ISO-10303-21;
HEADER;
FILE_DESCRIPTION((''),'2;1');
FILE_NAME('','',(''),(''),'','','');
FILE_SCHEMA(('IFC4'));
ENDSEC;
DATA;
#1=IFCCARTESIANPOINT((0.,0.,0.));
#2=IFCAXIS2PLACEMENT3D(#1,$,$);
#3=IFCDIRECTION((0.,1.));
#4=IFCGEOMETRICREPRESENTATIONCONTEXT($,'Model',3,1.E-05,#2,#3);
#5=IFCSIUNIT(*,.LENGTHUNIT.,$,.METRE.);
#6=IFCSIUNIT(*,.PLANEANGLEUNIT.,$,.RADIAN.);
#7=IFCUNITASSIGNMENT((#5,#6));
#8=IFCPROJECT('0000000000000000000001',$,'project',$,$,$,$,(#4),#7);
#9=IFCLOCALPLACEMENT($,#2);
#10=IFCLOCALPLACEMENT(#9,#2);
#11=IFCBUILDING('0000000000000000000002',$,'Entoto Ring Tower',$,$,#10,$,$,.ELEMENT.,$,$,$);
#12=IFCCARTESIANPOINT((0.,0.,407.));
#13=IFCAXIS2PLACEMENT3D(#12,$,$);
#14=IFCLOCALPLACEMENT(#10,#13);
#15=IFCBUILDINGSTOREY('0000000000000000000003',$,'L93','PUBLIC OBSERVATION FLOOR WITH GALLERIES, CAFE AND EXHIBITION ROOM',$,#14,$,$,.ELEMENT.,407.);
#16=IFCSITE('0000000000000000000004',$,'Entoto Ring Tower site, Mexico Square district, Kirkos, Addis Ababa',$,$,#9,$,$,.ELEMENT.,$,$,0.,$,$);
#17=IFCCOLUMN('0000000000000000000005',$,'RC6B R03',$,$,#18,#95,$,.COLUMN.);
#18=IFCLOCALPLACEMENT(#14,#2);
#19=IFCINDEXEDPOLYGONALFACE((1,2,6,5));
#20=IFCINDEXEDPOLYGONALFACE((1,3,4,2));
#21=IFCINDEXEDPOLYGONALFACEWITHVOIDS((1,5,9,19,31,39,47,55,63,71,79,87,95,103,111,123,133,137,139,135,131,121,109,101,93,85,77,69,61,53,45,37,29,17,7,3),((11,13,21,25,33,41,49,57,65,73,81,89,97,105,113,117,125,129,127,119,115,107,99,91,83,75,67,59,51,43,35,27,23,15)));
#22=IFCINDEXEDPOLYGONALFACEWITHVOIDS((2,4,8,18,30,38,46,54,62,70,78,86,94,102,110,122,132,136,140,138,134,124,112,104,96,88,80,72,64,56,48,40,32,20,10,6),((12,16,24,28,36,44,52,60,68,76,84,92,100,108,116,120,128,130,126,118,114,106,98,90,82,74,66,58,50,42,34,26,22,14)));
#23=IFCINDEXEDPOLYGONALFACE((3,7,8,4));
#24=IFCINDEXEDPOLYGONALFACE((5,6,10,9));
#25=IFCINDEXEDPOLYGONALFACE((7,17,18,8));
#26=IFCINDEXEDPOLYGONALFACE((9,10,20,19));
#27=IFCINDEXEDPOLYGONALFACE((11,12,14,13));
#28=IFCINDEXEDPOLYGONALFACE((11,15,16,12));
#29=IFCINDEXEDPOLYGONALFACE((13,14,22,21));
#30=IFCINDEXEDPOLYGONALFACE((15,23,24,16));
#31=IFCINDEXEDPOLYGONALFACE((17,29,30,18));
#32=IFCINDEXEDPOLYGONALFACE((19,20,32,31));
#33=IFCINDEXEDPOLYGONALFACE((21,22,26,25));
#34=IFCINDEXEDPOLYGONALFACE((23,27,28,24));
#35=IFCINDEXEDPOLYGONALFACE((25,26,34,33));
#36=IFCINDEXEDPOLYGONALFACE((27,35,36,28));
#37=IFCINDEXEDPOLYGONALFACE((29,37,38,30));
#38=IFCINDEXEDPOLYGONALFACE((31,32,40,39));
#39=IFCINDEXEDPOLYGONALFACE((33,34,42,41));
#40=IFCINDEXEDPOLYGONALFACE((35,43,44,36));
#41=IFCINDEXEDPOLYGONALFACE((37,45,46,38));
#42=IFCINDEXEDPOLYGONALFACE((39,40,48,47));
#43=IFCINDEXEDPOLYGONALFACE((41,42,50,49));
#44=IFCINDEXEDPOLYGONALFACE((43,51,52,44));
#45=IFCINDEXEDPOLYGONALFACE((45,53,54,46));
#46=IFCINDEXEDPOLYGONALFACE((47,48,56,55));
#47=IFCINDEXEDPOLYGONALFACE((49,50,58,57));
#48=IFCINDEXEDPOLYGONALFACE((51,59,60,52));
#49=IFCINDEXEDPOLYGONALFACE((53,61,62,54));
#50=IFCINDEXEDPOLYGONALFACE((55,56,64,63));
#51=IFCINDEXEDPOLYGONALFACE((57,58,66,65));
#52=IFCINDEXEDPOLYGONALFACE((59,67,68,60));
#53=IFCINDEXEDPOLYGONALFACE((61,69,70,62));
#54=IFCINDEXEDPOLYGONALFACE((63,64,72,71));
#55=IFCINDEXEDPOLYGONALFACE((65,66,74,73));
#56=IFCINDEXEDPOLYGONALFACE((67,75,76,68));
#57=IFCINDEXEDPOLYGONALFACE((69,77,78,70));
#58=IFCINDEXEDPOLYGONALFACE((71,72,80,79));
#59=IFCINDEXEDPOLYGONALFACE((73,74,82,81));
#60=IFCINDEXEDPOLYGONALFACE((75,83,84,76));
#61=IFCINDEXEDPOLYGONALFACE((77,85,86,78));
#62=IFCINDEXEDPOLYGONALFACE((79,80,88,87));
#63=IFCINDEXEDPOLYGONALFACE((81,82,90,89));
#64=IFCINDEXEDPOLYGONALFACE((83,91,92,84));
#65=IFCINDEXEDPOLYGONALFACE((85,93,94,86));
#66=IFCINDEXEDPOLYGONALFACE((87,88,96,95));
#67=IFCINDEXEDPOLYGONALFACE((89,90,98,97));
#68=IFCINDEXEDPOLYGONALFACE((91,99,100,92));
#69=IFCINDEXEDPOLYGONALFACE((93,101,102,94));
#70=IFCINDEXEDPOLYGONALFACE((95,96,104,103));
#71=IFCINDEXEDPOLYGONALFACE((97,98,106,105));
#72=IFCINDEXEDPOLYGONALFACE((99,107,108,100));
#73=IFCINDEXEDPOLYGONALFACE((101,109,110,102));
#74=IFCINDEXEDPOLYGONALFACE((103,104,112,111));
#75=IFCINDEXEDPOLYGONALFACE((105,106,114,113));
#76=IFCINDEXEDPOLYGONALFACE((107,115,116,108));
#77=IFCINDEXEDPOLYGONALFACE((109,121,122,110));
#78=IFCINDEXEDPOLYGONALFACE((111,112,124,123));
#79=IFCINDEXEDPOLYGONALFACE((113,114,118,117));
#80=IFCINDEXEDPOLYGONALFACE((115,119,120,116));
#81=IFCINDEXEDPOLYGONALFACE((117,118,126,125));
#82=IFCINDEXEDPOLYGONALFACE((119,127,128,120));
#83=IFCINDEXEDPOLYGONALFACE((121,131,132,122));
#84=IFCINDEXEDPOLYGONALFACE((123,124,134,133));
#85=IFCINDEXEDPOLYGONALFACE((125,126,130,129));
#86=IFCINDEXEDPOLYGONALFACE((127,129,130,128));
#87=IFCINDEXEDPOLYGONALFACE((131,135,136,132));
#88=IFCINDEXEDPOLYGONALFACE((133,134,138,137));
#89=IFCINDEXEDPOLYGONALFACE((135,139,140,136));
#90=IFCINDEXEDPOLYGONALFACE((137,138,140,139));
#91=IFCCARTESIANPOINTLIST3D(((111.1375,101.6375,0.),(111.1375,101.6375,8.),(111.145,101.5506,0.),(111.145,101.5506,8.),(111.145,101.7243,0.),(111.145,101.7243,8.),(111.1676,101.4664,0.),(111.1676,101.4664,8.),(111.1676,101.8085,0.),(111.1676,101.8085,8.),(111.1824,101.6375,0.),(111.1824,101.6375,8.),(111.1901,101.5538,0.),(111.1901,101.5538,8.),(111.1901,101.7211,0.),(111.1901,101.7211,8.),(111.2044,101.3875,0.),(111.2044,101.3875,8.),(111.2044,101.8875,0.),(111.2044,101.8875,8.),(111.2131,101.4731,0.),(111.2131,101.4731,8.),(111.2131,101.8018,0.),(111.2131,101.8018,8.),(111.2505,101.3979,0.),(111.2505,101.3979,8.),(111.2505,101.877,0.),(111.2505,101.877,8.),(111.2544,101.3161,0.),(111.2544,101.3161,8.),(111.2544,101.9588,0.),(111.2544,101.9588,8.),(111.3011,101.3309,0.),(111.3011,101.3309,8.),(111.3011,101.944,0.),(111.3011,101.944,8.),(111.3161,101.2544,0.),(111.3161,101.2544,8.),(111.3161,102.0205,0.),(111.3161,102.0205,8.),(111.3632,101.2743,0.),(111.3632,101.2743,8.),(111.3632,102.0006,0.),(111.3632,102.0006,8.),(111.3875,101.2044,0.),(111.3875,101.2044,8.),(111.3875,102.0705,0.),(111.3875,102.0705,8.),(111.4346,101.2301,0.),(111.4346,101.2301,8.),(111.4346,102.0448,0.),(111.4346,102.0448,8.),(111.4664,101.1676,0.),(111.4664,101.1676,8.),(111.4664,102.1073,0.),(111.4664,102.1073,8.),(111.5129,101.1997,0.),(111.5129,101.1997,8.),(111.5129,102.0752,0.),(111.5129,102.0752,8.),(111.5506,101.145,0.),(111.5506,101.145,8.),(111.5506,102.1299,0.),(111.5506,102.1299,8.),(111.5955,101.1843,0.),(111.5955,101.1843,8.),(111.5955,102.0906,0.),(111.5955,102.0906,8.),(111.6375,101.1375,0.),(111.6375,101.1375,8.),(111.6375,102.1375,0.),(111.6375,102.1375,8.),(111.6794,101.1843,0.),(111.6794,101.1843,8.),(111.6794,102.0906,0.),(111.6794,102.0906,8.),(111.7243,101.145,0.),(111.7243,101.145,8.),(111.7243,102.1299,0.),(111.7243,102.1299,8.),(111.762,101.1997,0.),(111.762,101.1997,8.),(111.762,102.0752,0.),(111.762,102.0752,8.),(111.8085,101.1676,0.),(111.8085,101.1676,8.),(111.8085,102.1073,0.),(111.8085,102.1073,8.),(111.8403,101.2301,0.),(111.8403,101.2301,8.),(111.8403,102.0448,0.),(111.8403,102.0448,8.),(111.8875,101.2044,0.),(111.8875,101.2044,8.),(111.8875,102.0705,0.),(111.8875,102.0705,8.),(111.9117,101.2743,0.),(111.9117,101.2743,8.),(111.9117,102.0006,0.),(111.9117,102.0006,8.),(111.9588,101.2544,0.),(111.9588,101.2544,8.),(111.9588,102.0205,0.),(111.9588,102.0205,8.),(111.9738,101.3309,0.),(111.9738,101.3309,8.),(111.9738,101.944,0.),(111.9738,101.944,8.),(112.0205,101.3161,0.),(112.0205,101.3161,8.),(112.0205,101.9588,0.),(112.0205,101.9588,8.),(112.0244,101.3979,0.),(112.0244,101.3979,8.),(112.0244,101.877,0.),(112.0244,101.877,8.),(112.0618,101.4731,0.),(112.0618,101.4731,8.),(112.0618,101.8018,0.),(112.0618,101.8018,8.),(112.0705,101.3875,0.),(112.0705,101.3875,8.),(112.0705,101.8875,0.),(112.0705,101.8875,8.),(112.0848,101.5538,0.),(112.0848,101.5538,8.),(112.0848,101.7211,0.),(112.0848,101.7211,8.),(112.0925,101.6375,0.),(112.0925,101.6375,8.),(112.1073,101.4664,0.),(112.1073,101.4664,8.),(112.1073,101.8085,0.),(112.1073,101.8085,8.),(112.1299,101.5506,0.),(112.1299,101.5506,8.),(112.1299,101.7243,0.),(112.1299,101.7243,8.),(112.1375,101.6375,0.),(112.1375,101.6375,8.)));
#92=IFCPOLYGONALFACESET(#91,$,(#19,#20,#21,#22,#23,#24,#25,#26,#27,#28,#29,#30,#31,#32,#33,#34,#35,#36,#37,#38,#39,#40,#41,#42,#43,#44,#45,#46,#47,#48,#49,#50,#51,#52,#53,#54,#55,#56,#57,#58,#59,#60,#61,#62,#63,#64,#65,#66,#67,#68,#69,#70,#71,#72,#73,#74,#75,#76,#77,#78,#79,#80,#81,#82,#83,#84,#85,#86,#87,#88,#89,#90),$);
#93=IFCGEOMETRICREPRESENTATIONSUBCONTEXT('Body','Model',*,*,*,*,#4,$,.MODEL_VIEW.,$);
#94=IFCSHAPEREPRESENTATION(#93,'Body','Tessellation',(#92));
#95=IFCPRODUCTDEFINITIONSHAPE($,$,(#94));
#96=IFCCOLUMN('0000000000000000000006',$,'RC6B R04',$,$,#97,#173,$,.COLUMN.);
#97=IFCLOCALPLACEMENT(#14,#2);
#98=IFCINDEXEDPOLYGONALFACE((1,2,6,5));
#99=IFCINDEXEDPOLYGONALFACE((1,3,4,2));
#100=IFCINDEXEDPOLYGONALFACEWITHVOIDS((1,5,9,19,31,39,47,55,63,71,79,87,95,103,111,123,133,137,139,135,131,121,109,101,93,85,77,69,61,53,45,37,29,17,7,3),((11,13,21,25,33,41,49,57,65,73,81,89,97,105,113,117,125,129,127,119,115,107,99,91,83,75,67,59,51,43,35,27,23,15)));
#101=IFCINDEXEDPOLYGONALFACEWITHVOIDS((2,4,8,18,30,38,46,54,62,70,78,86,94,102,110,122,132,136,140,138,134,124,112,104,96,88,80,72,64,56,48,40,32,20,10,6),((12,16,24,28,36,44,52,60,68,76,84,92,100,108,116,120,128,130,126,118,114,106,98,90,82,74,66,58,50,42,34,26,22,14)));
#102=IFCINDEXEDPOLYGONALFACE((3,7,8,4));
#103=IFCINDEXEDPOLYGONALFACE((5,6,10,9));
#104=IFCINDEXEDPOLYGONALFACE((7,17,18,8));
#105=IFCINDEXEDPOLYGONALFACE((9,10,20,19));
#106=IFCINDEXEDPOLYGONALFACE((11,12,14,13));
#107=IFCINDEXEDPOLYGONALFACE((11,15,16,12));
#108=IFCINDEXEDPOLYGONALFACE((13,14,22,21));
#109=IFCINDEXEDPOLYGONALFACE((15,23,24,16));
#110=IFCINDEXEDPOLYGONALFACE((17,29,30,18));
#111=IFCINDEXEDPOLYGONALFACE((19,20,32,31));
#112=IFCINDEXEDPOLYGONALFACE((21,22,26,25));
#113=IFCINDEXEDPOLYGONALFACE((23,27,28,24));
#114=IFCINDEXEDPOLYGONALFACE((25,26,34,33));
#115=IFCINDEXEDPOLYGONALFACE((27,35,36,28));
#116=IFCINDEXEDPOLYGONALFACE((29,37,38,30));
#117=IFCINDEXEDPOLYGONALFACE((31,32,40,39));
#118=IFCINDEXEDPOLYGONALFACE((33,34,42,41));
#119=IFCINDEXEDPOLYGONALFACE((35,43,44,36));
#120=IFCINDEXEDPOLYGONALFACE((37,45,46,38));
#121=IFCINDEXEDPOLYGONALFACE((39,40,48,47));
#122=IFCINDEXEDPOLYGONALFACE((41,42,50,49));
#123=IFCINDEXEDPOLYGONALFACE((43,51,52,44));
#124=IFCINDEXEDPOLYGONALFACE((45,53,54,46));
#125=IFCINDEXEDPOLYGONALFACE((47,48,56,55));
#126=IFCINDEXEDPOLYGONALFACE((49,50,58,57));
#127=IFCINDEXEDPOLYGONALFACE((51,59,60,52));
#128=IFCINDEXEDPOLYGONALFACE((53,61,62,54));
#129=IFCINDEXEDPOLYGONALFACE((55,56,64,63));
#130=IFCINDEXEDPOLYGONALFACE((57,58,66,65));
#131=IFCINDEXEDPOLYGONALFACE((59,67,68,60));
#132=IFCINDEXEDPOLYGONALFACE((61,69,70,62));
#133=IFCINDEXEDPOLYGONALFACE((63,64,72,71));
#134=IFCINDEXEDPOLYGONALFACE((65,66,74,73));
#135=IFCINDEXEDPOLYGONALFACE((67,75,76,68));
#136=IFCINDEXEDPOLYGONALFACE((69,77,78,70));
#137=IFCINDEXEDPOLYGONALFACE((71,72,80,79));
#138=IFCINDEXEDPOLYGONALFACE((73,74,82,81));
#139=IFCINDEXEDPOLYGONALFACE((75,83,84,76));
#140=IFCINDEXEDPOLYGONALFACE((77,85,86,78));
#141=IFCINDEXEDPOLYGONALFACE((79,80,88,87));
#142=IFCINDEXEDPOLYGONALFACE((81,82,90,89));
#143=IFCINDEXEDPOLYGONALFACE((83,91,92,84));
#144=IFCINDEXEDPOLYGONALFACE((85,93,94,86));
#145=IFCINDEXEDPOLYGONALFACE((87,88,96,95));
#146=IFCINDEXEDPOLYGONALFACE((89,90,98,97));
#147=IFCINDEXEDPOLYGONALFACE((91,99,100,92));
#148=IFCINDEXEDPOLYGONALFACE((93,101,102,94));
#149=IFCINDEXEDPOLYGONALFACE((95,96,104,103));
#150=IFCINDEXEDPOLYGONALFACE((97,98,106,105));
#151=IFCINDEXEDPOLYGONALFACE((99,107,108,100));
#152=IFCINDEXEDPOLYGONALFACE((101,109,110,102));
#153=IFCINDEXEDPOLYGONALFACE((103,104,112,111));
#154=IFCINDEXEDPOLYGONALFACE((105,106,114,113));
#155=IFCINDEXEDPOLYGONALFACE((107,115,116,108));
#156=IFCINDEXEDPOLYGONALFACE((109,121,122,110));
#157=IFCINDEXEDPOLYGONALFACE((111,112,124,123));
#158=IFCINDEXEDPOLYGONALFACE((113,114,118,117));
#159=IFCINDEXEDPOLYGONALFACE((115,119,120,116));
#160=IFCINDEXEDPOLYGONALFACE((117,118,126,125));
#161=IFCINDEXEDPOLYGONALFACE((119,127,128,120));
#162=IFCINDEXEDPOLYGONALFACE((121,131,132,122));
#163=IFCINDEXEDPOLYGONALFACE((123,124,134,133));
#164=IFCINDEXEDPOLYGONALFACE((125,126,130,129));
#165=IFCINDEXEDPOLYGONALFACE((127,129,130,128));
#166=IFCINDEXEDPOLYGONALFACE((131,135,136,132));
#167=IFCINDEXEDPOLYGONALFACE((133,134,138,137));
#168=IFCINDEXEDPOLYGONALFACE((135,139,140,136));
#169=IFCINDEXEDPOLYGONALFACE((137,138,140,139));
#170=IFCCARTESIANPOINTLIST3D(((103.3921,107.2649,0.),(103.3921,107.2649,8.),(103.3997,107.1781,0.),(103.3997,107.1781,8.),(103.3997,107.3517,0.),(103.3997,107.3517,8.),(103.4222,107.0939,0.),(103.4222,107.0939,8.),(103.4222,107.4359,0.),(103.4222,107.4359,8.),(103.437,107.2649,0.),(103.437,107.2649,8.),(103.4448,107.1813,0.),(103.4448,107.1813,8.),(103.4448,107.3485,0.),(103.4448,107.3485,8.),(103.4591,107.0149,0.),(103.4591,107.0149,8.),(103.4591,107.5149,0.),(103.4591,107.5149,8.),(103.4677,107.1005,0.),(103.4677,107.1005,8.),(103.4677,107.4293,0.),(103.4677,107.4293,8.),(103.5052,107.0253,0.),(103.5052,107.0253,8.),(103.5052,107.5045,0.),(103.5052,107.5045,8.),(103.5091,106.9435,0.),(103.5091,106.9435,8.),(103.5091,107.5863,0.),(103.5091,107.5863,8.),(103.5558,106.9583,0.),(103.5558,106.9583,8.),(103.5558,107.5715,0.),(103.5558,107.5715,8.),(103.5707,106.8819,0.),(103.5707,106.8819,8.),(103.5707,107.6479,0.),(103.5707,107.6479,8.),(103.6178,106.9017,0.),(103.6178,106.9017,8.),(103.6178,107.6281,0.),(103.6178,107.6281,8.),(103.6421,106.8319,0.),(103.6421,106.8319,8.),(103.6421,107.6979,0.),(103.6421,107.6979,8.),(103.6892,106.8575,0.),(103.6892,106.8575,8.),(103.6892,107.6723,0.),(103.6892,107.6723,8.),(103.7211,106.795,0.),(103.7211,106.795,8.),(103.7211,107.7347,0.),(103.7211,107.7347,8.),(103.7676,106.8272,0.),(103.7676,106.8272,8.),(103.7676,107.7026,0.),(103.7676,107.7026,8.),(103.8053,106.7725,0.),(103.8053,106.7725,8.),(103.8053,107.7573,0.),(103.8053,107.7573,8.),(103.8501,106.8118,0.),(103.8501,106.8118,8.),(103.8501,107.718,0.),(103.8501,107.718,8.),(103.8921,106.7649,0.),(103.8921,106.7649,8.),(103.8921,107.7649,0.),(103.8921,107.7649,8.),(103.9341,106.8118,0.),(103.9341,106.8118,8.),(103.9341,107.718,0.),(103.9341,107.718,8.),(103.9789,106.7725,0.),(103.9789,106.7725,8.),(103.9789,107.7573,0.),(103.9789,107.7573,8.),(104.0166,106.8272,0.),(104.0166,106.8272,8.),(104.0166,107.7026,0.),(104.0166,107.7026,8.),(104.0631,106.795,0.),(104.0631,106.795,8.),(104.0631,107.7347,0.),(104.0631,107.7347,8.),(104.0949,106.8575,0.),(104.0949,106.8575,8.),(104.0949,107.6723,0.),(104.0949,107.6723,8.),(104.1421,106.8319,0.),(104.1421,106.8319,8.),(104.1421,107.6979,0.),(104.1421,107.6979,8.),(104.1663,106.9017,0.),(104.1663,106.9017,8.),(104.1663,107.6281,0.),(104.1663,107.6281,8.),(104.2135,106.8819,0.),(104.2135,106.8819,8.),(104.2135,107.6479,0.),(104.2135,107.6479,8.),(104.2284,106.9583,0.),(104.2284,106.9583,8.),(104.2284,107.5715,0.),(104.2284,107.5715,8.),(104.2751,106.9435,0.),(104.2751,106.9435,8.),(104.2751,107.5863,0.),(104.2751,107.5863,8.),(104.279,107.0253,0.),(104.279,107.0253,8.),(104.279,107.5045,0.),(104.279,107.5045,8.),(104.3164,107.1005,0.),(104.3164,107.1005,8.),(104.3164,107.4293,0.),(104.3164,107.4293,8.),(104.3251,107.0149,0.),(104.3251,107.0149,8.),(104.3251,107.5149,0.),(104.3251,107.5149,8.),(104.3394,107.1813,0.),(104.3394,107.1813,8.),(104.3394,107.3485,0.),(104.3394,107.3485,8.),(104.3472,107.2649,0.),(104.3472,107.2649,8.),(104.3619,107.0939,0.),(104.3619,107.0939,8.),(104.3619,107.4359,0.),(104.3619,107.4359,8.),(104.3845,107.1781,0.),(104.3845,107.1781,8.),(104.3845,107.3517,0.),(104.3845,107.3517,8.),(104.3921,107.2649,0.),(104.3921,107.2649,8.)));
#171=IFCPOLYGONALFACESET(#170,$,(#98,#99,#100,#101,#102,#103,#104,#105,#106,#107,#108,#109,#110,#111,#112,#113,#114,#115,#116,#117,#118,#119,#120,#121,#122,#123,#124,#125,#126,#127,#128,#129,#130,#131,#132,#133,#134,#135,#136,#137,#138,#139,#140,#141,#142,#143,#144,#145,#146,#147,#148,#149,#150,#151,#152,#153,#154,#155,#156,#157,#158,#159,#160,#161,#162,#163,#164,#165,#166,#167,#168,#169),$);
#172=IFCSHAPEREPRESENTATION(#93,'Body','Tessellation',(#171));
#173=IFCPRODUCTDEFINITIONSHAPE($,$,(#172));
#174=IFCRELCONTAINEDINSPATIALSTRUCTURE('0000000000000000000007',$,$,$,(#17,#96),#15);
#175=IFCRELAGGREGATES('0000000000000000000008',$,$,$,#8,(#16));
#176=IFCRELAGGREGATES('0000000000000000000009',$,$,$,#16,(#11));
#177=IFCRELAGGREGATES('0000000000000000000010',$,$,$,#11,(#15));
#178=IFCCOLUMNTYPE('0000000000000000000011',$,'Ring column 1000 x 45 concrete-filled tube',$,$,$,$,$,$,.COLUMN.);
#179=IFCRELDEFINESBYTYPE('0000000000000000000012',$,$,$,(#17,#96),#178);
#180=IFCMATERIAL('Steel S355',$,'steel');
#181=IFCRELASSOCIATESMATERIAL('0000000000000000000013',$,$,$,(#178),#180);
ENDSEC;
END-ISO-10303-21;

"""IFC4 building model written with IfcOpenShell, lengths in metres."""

from ifc_helpers import new_model, si_unit, direction, frame, origin, origin_2d, place, context, subcontext, project, spatial, circle, hollow_circle, extrude, material, material_profile, profile_set, type_object, element, save


model = new_model("IFC4")

# Units and contexts
model_context = context("Model", 3, precision=1e-05, world=origin(), true_north=direction((0.0, 1.0)))
body_context = subcontext(model_context, "Body", "Model", "MODEL_VIEW")
ifc_project = project(units=[si_unit("LENGTHUNIT", "METRE"), si_unit("PLANEANGLEUNIT", "RADIAN")], contexts=[model_context])

# Site, building, storey
site_placement = place(None, origin())
site = spatial("IfcSite", under=ifc_project, at=site_placement, Name="Entoto Ring Tower site, Mexico Square district, Kirkos, Addis Ababa", CompositionType="ELEMENT", RefElevation=0.0)
building_placement = place(site_placement, origin())
building = spatial("IfcBuilding", under=site, at=building_placement, Name="Entoto Ring Tower", CompositionType="ELEMENT")
storey_placement = place(building_placement, frame((0.0, 0.0, 407.0)))
storey = spatial("IfcBuildingStorey", under=building, at=storey_placement, Name="L93", Description="PUBLIC OBSERVATION FLOOR WITH GALLERIES, CAFE AND EXHIBITION ROOM", CompositionType="ELEMENT", Elevation=407.0)

# Columns
ifc_material_1 = material(Name="Steel S355", Category="steel")
ifc_material_profile_1 = material_profile(ifc_material_1, hollow_circle(Radius=0.5, WallThickness=0.0449, at=origin_2d()), Name="CHS 1000 x 45")
ifc_material_2 = material(Name="Concrete C60/75", Category="concrete")
ifc_material_profile_2 = material_profile(ifc_material_2, circle(Radius=0.4551, at=origin_2d()), Name="Concrete C60/75 infill")
ifc_profile_set_1 = profile_set([ifc_material_profile_1, ifc_material_profile_2], Name="Steel S355")
column_type = type_object("IfcColumnType", Name="Ring column 1000 x 45 concrete-filled tube", PredefinedType="COLUMN", material=ifc_profile_set_1)
for number, where, z_axis, x_axis, name in (
    (1, (111.6375, 101.6375, 0.0), (0.0, 0.0, 1.0), (1.0, 0.0, 0.0), "RC6B R03"),
    (2, (103.8921, 107.2649, 0.0), (0.0, 0.0, 1.0), (1.0, 0.0, 0.0), "RC6B R04"),
):
    element("IfcColumn", number, at=place(storey_placement, frame(where, z_axis=z_axis, x_axis=x_axis)), inside=storey, type_object=column_type, Name=name, PredefinedType="COLUMN", context=body_context, shape_type="SweptSolid", body=[
        extrude(hollow_circle(Radius=0.5, WallThickness=0.0449, at=origin_2d()), origin(), (0.0, 0.0, 1.0), 8.0),
    ])

save(model, "model.ifc")
